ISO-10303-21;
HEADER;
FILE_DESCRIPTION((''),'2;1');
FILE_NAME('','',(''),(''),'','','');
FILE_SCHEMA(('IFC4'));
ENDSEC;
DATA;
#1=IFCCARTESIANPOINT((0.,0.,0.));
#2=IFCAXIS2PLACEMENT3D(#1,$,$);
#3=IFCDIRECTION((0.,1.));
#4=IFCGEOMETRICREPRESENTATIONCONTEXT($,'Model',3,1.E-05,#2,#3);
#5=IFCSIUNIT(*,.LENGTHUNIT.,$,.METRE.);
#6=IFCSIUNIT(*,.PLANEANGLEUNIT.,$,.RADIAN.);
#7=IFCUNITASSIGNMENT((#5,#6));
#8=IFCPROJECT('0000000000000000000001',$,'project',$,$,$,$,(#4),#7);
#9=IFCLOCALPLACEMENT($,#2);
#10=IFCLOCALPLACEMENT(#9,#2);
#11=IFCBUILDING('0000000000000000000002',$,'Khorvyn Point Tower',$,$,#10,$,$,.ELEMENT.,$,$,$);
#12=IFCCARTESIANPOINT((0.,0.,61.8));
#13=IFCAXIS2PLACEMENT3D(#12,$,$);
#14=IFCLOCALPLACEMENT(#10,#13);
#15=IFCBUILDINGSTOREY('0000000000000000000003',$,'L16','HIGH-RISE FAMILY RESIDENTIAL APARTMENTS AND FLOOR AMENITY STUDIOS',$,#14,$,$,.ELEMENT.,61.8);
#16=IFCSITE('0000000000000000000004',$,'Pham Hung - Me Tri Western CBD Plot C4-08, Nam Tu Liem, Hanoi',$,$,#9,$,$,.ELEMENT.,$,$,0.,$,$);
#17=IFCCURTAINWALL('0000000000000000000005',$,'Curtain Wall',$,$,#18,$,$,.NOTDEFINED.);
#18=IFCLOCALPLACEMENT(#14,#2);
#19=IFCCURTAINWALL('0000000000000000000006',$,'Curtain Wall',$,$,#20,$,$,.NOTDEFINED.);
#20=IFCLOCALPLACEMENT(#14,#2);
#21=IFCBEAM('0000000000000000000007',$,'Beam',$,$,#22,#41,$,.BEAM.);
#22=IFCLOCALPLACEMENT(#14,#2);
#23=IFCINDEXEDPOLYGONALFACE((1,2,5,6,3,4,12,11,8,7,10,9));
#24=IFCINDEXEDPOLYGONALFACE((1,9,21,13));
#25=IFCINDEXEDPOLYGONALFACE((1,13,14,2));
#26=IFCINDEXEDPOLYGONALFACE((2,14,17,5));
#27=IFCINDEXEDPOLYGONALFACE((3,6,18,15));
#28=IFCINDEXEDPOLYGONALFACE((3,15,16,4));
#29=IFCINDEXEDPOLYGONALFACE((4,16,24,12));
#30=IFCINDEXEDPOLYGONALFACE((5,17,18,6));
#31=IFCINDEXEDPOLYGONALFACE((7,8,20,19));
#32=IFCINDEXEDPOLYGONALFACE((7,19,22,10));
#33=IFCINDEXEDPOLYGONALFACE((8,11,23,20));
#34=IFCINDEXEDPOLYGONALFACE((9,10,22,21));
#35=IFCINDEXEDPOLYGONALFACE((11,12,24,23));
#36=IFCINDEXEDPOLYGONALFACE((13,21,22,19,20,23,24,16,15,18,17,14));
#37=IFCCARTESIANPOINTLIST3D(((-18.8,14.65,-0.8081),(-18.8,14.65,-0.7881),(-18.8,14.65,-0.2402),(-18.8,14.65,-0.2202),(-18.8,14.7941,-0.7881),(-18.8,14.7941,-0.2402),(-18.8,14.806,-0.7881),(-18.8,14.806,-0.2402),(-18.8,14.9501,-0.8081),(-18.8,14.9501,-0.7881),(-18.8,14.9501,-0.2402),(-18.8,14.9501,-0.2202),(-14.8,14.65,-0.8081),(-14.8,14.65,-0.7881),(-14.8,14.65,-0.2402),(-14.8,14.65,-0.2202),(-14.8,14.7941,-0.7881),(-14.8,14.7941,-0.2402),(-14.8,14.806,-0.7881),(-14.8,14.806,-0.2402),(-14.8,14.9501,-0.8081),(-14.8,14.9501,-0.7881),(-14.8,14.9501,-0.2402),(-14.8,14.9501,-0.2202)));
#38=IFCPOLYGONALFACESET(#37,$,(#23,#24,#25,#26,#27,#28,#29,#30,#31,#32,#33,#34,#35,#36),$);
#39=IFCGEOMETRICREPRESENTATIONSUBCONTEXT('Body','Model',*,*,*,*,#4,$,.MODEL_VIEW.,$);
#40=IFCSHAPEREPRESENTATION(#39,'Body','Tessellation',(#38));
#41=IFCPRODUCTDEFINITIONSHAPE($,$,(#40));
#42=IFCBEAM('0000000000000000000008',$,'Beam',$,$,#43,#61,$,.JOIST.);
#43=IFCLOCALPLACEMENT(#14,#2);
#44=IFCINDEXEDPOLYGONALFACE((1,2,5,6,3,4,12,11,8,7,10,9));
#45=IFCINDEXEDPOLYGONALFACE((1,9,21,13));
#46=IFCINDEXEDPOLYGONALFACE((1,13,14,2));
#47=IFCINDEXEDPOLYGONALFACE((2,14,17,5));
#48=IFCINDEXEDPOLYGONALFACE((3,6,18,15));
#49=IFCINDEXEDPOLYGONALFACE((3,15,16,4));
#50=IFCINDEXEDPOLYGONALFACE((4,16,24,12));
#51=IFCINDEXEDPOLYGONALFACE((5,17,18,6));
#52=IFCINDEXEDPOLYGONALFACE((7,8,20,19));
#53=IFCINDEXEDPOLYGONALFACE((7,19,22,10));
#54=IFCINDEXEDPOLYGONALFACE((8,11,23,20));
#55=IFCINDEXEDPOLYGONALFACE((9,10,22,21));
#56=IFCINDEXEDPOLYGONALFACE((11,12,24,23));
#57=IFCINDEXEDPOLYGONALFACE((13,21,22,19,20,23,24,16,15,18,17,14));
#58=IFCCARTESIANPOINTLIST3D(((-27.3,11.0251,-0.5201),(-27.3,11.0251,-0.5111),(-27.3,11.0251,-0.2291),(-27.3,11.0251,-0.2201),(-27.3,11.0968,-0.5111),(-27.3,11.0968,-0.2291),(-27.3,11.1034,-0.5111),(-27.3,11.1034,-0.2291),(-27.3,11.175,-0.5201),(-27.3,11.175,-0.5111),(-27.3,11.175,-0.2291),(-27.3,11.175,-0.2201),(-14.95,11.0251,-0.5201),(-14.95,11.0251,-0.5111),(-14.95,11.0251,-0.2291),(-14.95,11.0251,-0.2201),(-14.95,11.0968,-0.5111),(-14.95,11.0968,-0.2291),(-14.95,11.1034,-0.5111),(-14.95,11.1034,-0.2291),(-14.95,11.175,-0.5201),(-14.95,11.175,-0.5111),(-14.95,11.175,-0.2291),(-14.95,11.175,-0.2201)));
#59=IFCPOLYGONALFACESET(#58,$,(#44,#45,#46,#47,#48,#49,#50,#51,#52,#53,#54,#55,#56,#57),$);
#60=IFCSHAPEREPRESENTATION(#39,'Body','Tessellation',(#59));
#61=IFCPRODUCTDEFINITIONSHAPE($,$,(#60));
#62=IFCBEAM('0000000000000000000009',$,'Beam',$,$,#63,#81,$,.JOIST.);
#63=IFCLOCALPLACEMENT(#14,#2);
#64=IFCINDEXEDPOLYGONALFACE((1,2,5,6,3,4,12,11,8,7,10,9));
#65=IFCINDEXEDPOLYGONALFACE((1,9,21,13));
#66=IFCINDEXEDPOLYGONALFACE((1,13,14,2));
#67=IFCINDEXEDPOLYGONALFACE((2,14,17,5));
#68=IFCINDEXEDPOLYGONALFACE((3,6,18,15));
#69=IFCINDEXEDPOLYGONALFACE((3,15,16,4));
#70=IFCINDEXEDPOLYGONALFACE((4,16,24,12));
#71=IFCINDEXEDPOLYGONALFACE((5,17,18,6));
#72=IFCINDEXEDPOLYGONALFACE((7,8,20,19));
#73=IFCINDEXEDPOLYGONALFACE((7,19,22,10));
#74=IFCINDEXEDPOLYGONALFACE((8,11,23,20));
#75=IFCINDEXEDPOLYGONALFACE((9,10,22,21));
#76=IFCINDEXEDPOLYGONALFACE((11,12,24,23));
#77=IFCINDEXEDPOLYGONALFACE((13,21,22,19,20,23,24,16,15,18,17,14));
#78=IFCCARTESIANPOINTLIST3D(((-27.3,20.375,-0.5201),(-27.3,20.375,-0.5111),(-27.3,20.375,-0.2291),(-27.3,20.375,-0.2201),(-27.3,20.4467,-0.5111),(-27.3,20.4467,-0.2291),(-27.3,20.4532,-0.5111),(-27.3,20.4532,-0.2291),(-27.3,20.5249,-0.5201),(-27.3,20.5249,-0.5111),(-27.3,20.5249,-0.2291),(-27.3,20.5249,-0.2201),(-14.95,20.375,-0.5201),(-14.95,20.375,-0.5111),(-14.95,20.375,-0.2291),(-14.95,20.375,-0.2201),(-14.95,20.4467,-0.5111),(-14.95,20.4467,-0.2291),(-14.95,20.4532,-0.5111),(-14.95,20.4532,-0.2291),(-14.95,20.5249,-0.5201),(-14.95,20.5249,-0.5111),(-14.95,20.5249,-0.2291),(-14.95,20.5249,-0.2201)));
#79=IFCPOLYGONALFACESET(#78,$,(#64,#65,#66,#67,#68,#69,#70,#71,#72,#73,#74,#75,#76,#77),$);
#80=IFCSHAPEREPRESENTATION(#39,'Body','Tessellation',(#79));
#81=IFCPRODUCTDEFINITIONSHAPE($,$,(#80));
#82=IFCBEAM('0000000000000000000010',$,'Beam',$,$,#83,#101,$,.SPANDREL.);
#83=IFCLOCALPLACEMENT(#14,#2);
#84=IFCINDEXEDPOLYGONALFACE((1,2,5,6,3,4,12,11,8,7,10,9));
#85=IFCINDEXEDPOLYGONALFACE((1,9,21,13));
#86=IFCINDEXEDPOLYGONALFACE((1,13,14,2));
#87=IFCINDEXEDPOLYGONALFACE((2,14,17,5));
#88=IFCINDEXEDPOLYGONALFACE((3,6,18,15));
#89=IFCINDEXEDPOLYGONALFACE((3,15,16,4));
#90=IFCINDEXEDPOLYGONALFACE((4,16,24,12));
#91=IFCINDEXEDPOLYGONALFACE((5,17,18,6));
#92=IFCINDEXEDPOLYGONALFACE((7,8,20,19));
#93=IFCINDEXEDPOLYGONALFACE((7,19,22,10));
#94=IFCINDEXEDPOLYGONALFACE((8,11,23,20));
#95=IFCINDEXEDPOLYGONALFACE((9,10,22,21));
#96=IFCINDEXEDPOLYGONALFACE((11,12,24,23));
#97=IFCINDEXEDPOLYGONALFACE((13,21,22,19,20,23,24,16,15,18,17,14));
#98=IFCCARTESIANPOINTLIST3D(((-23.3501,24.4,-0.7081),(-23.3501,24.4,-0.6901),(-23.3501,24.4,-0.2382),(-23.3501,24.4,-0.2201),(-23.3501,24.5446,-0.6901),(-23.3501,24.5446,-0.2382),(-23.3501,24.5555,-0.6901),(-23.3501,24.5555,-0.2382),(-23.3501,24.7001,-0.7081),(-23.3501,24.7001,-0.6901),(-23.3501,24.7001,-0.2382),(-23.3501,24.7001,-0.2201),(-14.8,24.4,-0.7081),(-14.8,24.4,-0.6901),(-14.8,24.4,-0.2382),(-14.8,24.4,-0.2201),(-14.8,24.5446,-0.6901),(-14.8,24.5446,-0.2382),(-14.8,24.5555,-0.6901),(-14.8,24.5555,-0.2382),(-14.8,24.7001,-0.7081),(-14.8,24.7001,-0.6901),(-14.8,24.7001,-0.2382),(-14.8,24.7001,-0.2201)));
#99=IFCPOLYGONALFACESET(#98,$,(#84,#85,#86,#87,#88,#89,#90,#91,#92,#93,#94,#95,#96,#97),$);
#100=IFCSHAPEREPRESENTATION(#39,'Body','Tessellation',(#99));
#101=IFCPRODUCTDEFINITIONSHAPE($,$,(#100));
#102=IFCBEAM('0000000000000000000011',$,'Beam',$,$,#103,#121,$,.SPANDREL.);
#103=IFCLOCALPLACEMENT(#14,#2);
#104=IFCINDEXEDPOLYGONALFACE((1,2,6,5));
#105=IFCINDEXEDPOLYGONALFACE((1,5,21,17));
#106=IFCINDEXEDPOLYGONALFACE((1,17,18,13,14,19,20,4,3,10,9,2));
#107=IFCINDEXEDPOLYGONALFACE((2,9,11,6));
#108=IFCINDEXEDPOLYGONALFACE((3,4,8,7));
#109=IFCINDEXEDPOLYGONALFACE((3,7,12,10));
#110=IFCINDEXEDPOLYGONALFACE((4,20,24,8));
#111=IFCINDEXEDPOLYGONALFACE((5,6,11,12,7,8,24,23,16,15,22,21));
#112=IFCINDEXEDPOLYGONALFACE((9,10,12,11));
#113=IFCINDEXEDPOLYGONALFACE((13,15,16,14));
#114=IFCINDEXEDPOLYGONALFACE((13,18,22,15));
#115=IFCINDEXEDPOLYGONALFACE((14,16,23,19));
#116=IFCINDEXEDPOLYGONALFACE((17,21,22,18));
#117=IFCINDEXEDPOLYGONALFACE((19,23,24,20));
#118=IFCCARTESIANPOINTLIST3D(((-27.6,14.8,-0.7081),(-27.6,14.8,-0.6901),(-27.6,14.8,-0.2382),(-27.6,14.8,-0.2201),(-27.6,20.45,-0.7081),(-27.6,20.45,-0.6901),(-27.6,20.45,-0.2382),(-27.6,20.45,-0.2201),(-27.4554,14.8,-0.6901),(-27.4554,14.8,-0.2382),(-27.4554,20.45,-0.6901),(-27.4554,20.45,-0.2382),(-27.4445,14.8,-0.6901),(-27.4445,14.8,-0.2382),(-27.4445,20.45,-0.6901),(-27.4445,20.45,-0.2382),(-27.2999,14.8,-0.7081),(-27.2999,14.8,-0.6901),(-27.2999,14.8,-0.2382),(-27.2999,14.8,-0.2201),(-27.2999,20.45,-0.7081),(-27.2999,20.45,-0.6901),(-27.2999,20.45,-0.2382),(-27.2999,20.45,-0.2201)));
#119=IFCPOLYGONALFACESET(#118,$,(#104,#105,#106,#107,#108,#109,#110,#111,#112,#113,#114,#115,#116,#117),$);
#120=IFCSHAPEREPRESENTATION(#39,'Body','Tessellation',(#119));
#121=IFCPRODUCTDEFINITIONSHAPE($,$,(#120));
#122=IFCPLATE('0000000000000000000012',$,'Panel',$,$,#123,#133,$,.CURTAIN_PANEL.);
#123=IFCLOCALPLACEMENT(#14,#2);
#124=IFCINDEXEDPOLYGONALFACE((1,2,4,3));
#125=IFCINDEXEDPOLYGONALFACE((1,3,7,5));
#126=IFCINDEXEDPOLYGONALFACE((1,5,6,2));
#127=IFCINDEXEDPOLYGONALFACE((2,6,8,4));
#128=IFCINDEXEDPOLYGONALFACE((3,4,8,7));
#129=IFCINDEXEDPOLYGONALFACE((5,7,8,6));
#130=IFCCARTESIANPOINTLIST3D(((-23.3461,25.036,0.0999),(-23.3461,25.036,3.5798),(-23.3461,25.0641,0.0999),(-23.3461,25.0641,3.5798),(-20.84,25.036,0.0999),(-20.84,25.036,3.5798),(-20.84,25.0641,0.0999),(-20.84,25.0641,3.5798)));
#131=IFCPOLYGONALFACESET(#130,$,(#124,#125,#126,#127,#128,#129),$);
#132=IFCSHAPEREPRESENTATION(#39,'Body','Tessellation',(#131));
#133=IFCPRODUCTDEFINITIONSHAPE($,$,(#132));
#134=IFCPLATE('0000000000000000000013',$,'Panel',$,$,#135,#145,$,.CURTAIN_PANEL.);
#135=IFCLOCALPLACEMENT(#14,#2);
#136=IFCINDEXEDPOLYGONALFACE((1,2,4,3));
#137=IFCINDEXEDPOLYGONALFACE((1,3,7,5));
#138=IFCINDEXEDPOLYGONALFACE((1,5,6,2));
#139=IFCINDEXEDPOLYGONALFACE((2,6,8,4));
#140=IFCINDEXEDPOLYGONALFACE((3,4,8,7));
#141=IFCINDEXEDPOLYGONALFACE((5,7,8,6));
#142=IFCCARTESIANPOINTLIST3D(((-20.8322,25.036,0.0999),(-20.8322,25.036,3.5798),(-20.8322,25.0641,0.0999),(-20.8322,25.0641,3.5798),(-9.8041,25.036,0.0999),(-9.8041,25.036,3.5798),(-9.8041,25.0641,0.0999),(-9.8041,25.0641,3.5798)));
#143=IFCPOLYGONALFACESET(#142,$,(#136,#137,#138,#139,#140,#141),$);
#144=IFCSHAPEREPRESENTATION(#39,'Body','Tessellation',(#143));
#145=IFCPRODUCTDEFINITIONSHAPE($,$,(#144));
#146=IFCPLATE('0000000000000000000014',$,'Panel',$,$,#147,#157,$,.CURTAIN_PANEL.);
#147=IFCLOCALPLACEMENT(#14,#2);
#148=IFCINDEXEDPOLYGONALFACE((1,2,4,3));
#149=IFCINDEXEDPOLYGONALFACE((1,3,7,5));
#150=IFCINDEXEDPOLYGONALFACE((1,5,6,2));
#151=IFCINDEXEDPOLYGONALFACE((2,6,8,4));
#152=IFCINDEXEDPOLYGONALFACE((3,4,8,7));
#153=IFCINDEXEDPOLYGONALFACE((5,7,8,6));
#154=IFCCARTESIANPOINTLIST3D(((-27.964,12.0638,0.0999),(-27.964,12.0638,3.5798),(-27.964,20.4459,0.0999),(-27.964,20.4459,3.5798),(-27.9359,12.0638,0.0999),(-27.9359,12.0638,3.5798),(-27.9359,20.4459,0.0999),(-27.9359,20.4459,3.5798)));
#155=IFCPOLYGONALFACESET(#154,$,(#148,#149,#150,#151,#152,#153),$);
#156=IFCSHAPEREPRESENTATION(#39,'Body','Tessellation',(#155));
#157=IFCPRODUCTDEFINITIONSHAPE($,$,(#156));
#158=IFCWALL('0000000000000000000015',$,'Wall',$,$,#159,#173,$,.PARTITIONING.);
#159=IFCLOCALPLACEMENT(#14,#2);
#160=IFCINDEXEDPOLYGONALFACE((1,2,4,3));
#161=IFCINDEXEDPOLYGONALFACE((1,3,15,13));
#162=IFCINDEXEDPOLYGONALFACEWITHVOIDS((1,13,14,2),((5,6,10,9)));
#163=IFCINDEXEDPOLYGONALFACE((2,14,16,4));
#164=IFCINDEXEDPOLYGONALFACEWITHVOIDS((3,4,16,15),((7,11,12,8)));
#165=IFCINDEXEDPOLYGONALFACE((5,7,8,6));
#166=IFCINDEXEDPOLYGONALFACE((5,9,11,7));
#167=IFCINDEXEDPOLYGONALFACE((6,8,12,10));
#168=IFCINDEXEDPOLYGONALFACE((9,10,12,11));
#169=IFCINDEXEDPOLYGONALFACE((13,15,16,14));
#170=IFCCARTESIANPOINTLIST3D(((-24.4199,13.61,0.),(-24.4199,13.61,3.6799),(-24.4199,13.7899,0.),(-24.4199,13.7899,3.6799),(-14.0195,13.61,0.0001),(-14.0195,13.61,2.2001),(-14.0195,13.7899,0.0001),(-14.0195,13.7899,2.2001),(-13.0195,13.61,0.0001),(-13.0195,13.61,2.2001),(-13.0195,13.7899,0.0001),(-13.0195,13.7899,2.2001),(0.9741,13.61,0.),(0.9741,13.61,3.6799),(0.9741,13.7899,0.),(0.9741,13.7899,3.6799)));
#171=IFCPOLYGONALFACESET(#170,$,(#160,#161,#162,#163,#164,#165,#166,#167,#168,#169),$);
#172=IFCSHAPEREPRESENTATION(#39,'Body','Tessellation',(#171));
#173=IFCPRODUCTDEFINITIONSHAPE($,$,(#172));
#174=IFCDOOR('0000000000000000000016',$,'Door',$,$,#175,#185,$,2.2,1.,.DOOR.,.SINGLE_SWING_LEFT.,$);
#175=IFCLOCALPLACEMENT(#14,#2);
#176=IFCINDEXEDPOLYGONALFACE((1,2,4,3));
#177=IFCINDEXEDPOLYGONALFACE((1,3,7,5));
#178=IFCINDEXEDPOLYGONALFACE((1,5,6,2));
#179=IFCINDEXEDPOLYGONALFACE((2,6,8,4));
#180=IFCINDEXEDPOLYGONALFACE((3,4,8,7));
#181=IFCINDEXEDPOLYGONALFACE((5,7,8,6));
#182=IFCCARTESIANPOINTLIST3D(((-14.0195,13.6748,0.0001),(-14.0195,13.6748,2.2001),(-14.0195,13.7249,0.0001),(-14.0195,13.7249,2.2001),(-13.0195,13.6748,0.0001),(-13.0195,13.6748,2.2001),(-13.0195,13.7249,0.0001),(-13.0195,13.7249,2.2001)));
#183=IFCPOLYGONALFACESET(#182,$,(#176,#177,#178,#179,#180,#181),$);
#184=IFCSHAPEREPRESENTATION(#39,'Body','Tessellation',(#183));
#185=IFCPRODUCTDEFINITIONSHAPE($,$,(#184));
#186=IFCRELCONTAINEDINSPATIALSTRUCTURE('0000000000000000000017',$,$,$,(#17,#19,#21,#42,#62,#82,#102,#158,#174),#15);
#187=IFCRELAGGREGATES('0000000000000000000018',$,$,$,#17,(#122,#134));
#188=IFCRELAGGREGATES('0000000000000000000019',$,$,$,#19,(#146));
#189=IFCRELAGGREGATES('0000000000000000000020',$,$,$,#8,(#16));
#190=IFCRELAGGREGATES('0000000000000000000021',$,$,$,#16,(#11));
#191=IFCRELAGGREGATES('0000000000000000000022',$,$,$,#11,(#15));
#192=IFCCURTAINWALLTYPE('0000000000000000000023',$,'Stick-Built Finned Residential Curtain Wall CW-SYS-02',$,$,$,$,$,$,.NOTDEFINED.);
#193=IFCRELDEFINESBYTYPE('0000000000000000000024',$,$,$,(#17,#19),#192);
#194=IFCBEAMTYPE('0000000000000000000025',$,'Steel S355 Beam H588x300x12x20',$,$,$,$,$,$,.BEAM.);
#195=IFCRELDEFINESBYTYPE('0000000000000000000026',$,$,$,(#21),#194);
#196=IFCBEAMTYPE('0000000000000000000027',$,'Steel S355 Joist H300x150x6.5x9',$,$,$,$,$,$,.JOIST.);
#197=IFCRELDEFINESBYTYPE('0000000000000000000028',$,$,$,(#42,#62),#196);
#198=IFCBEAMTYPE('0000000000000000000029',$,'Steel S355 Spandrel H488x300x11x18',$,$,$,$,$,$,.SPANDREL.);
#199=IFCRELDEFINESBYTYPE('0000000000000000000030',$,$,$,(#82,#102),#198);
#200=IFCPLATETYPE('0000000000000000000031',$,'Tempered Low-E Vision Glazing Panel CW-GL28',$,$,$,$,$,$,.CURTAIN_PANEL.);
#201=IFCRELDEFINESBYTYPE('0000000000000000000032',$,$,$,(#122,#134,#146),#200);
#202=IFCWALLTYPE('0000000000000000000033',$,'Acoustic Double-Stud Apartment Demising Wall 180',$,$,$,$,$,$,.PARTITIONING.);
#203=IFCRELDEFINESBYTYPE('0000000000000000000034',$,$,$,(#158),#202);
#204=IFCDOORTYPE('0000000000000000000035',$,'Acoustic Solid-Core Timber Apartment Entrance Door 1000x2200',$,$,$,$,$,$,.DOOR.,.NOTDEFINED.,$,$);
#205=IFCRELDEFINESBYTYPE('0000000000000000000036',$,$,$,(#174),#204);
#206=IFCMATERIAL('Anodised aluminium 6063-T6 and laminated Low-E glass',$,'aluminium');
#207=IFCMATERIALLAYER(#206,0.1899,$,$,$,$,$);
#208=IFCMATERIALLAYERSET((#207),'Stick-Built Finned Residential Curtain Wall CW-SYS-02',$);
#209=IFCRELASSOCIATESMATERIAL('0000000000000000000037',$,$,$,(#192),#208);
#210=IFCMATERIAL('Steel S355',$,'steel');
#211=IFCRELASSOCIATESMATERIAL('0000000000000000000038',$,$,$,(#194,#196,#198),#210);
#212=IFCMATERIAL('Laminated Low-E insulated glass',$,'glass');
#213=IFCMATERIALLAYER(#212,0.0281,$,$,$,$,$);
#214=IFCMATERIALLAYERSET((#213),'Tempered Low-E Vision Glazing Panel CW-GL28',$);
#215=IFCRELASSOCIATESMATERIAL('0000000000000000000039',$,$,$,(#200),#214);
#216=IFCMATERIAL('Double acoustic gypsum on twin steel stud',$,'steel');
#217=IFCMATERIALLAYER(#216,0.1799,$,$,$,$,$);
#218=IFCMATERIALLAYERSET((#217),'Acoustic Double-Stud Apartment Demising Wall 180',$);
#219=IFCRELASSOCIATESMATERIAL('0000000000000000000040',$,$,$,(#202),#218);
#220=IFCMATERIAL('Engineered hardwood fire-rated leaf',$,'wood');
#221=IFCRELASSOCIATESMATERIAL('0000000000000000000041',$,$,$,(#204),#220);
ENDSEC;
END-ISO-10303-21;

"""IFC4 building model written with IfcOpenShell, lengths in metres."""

from ifc_helpers import new_model, si_unit, direction, frame, frame_2d, origin, origin_2d, place, context, subcontext, project, spatial, rectangle, i_section, extrude, material, layer, layer_set, material_profile, profile_set, type_object, element, fill, aggregate, save


model = new_model("IFC4")

# Units and contexts
model_context = context("Model", 3, precision=1e-05, world=origin(), true_north=direction((0.0, 1.0)))
body_context = subcontext(model_context, "Body", "Model", "MODEL_VIEW")
ifc_project = project(units=[si_unit("LENGTHUNIT", "METRE"), si_unit("PLANEANGLEUNIT", "RADIAN")], contexts=[model_context])

# Site, building, storey
site_placement = place(None, origin())
site = spatial("IfcSite", under=ifc_project, at=site_placement, Name="Pham Hung - Me Tri Western CBD Plot C4-08, Nam Tu Liem, Hanoi", CompositionType="ELEMENT", RefElevation=0.0)
building_placement = place(site_placement, origin())
building = spatial("IfcBuilding", under=site, at=building_placement, Name="Khorvyn Point Tower", CompositionType="ELEMENT")
storey_placement = place(building_placement, frame((0.0, 0.0, 61.8)))
storey = spatial("IfcBuildingStorey", under=building, at=storey_placement, Name="L16", Description="HIGH-RISE FAMILY RESIDENTIAL APARTMENTS AND FLOOR AMENITY STUDIOS", CompositionType="ELEMENT", Elevation=61.8)

# Curtain walls
ifc_material_1 = material(Name="Anodised aluminium 6063-T6 and laminated Low-E glass", Category="aluminium")
ifc_layer_1 = layer(ifc_material_1, 0.1899)
ifc_layer_set_1 = layer_set([ifc_layer_1], Name="Stick-Built Finned Residential Curtain Wall CW-SYS-02")
curtain_wall_type = type_object("IfcCurtainWallType", Name="Stick-Built Finned Residential Curtain Wall CW-SYS-02", PredefinedType="NOTDEFINED", material=ifc_layer_set_1)
curtain_wall_1_placement = place(storey_placement, origin())
curtain_wall_1 = element("IfcCurtainWall", 1, at=curtain_wall_1_placement, inside=storey, type_object=curtain_wall_type, Name="Curtain Wall", PredefinedType="NOTDEFINED")
curtain_wall_2_placement = place(storey_placement, origin())
curtain_wall_2 = element("IfcCurtainWall", 2, at=curtain_wall_2_placement, inside=storey, type_object=curtain_wall_type, Name="Curtain Wall", PredefinedType="NOTDEFINED")

# Beams
ifc_material_2 = material(Name="Steel S355", Category="steel")
ifc_material_profile_1 = material_profile(ifc_material_2, i_section(OverallWidth=0.3, OverallDepth=0.5879, WebThickness=0.012, FlangeThickness=0.02, at=origin_2d()))
ifc_profile_set_1 = profile_set([ifc_material_profile_1], Name="Steel S355 H588x300x12x20")
beam_type_1 = type_object("IfcBeamType", Name="Steel S355 Beam H588x300x12x20", PredefinedType="BEAM", material=ifc_profile_set_1)
beam_1_placement = place(storey_placement, frame((-18.8, 14.8, -0.5142), z_axis=(1.0, 0.0, 0.0), x_axis=(0.0, 1.0, 0.0)))
element("IfcBeam", 3, at=beam_1_placement, inside=storey, type_object=beam_type_1, Name="Beam", PredefinedType="BEAM", context=body_context, shape_type="SweptSolid", body=[
    extrude(i_section(OverallWidth=0.3, OverallDepth=0.5879, WebThickness=0.012, FlangeThickness=0.02, at=origin_2d()), origin(), (0.0, 0.0, 1.0), 4.0),
])
ifc_material_profile_2 = material_profile(ifc_material_2, i_section(OverallWidth=0.1499, OverallDepth=0.3, WebThickness=0.0066, FlangeThickness=0.009, at=origin_2d()))
ifc_profile_set_2 = profile_set([ifc_material_profile_2], Name="Steel S355 H300x150x6.5x9")
beam_type_2 = type_object("IfcBeamType", Name="Steel S355 Joist H300x150x6.5x9", PredefinedType="JOIST", material=ifc_profile_set_2)
for number, where, z_axis, x_axis, name in (
    (4, (-27.3, 11.1001, -0.3701), (1.0, 0.0, 0.0), (0.0, 1.0, 0.0), "Beam"),
    (5, (-27.3, 20.45, -0.3701), (1.0, 0.0, 0.0), (0.0, 1.0, 0.0), "Beam"),
):
    element("IfcBeam", number, at=place(storey_placement, frame(where, z_axis=z_axis, x_axis=x_axis)), inside=storey, type_object=beam_type_2, Name=name, PredefinedType="JOIST", context=body_context, shape_type="SweptSolid", body=[
        extrude(i_section(OverallWidth=0.1499, OverallDepth=0.3, WebThickness=0.0066, FlangeThickness=0.009, at=origin_2d()), origin(), (0.0, 0.0, 1.0), 12.3501),
    ])
ifc_material_profile_3 = material_profile(ifc_material_2, i_section(OverallWidth=0.3, OverallDepth=0.488, WebThickness=0.011, FlangeThickness=0.0181, at=origin_2d()))
ifc_profile_set_3 = profile_set([ifc_material_profile_3], Name="Steel S355 H488x300x11x18")
beam_type_3 = type_object("IfcBeamType", Name="Steel S355 Spandrel H488x300x11x18", PredefinedType="SPANDREL", material=ifc_profile_set_3)
beam_2_placement = place(storey_placement, frame((-23.3501, 24.55, -0.4641), z_axis=(1.0, 0.0, 0.0), x_axis=(0.0, 1.0, 0.0)))
element("IfcBeam", 6, at=beam_2_placement, inside=storey, type_object=beam_type_3, Name="Beam", PredefinedType="SPANDREL", context=body_context, shape_type="SweptSolid", body=[
    extrude(i_section(OverallWidth=0.3, OverallDepth=0.488, WebThickness=0.011, FlangeThickness=0.0181, at=origin_2d()), origin(), (0.0, 0.0, 1.0), 8.55),
])
beam_3_placement = place(storey_placement, frame((-27.45, 14.8, -0.4641), z_axis=(0.0, 1.0, 0.0), x_axis=(-1.0, 0.0, 0.0)))
element("IfcBeam", 7, at=beam_3_placement, inside=storey, type_object=beam_type_3, Name="Beam", PredefinedType="SPANDREL", context=body_context, shape_type="SweptSolid", body=[
    extrude(i_section(OverallWidth=0.3, OverallDepth=0.488, WebThickness=0.011, FlangeThickness=0.0181, at=origin_2d()), origin(), (0.0, 0.0, 1.0), 5.6499),
])

# Plates
ifc_material_3 = material(Name="Laminated Low-E insulated glass", Category="glass")
ifc_layer_2 = layer(ifc_material_3, 0.0281)
ifc_layer_set_2 = layer_set([ifc_layer_2], Name="Tempered Low-E Vision Glazing Panel CW-GL28")
plate_type = type_object("IfcPlateType", Name="Tempered Low-E Vision Glazing Panel CW-GL28", PredefinedType="CURTAIN_PANEL", material=ifc_layer_set_2)
plate_1_placement = place(storey_placement, frame((-22.093, 25.05, 0.0999), z_axis=(0.0, 0.0, 1.0), x_axis=(1.0, 0.0, 0.0)))
plate_1 = element("IfcPlate", 8, at=plate_1_placement, type_object=plate_type, Name="Panel", PredefinedType="CURTAIN_PANEL", context=body_context, shape_type="SweptSolid", body=[
    extrude(rectangle(XDim=2.5061, YDim=0.0281, at=origin_2d()), origin(), (0.0, 0.0, 1.0), 3.48),
])
plate_2_placement = place(storey_placement, frame((-15.3181, 25.05, 0.0999), z_axis=(0.0, 0.0, 1.0), x_axis=(1.0, 0.0, 0.0)))
plate_2 = element("IfcPlate", 9, at=plate_2_placement, type_object=plate_type, Name="Panel", PredefinedType="CURTAIN_PANEL", context=body_context, shape_type="SweptSolid", body=[
    extrude(rectangle(XDim=11.0281, YDim=0.0281, at=origin_2d()), origin(), (0.0, 0.0, 1.0), 3.48),
])
aggregate(curtain_wall_1, [plate_1, plate_2])
plate_3_placement = place(storey_placement, frame((-27.95, 16.2549, 0.0999), z_axis=(0.0, 0.0, 1.0), x_axis=(0.0, 1.0, 0.0)))
plate_3 = element("IfcPlate", 10, at=plate_3_placement, type_object=plate_type, Name="Panel", PredefinedType="CURTAIN_PANEL", context=body_context, shape_type="SweptSolid", body=[
    extrude(rectangle(XDim=8.3821, YDim=0.0281, at=origin_2d()), origin(), (0.0, 0.0, 1.0), 3.48),
])
aggregate(curtain_wall_2, [plate_3])

# Wall, opening, door
ifc_material_4 = material(Name="Double acoustic gypsum on twin steel stud", Category="steel")
ifc_layer_3 = layer(ifc_material_4, 0.1799)
ifc_layer_set_3 = layer_set([ifc_layer_3], Name="Acoustic Double-Stud Apartment Demising Wall 180")
wall_type_1 = type_object("IfcWallType", Name="Acoustic Double-Stud Apartment Demising Wall 180", PredefinedType="PARTITIONING", material=ifc_layer_set_3)
wall_1_placement = place(storey_placement, frame((-24.4199, 13.7, 0.0), z_axis=(0.0, 0.0, 1.0), x_axis=(1.0, 0.0, 0.0)))
wall_1 = element("IfcWall", 11, at=wall_1_placement, inside=storey, type_object=wall_type_1, Name="Wall", PredefinedType="PARTITIONING", context=body_context, shape_type="SweptSolid", body=[
    extrude(rectangle(XDim=25.394, YDim=0.1799, at=frame_2d((12.697, 0.0))), origin(), (0.0, 0.0, 1.0), 3.6799),
])
opening_1_placement = place(wall_1_placement, frame((10.4004, 0.0, 0.0)))
opening_1 = element("IfcOpeningElement", 12, at=opening_1_placement, cuts=wall_1, PredefinedType="OPENING", context=body_context, shape_type="SweptSolid", body=[
    extrude(rectangle(XDim=1.0, YDim=2.2, at=frame_2d((0.5, 1.1001))), frame((0.0, 0.0999, 0.0), z_axis=(0.0, -1.0, 0.0), x_axis=(1.0, 0.0, 0.0)), (0.0, 0.0, 1.0), 0.2),
])
ifc_material_5 = material(Name="Engineered hardwood fire-rated leaf", Category="wood")
door_type_1 = type_object("IfcDoorType", Name="Acoustic Solid-Core Timber Apartment Entrance Door 1000x2200", OperationType="NOTDEFINED", PredefinedType="DOOR", material=ifc_material_5)
door_1_placement = place(opening_1_placement, origin())
door_1 = element("IfcDoor", 13, at=door_1_placement, inside=storey, type_object=door_type_1, Name="Door", OperationType="SINGLE_SWING_LEFT", OverallHeight=2.2, OverallWidth=1.0, PredefinedType="DOOR", context=body_context, shape_type="SweptSolid", body=[
    extrude(rectangle(XDim=1.0, YDim=2.2, at=frame_2d((0.5, 1.1001))), frame((0.0, 0.0249, 0.0), z_axis=(0.0, -1.0, 0.0), x_axis=(1.0, 0.0, 0.0)), (0.0, 0.0, 1.0), 0.05),
])
fill(opening_1, door_1)

save(model, "model.ifc")
